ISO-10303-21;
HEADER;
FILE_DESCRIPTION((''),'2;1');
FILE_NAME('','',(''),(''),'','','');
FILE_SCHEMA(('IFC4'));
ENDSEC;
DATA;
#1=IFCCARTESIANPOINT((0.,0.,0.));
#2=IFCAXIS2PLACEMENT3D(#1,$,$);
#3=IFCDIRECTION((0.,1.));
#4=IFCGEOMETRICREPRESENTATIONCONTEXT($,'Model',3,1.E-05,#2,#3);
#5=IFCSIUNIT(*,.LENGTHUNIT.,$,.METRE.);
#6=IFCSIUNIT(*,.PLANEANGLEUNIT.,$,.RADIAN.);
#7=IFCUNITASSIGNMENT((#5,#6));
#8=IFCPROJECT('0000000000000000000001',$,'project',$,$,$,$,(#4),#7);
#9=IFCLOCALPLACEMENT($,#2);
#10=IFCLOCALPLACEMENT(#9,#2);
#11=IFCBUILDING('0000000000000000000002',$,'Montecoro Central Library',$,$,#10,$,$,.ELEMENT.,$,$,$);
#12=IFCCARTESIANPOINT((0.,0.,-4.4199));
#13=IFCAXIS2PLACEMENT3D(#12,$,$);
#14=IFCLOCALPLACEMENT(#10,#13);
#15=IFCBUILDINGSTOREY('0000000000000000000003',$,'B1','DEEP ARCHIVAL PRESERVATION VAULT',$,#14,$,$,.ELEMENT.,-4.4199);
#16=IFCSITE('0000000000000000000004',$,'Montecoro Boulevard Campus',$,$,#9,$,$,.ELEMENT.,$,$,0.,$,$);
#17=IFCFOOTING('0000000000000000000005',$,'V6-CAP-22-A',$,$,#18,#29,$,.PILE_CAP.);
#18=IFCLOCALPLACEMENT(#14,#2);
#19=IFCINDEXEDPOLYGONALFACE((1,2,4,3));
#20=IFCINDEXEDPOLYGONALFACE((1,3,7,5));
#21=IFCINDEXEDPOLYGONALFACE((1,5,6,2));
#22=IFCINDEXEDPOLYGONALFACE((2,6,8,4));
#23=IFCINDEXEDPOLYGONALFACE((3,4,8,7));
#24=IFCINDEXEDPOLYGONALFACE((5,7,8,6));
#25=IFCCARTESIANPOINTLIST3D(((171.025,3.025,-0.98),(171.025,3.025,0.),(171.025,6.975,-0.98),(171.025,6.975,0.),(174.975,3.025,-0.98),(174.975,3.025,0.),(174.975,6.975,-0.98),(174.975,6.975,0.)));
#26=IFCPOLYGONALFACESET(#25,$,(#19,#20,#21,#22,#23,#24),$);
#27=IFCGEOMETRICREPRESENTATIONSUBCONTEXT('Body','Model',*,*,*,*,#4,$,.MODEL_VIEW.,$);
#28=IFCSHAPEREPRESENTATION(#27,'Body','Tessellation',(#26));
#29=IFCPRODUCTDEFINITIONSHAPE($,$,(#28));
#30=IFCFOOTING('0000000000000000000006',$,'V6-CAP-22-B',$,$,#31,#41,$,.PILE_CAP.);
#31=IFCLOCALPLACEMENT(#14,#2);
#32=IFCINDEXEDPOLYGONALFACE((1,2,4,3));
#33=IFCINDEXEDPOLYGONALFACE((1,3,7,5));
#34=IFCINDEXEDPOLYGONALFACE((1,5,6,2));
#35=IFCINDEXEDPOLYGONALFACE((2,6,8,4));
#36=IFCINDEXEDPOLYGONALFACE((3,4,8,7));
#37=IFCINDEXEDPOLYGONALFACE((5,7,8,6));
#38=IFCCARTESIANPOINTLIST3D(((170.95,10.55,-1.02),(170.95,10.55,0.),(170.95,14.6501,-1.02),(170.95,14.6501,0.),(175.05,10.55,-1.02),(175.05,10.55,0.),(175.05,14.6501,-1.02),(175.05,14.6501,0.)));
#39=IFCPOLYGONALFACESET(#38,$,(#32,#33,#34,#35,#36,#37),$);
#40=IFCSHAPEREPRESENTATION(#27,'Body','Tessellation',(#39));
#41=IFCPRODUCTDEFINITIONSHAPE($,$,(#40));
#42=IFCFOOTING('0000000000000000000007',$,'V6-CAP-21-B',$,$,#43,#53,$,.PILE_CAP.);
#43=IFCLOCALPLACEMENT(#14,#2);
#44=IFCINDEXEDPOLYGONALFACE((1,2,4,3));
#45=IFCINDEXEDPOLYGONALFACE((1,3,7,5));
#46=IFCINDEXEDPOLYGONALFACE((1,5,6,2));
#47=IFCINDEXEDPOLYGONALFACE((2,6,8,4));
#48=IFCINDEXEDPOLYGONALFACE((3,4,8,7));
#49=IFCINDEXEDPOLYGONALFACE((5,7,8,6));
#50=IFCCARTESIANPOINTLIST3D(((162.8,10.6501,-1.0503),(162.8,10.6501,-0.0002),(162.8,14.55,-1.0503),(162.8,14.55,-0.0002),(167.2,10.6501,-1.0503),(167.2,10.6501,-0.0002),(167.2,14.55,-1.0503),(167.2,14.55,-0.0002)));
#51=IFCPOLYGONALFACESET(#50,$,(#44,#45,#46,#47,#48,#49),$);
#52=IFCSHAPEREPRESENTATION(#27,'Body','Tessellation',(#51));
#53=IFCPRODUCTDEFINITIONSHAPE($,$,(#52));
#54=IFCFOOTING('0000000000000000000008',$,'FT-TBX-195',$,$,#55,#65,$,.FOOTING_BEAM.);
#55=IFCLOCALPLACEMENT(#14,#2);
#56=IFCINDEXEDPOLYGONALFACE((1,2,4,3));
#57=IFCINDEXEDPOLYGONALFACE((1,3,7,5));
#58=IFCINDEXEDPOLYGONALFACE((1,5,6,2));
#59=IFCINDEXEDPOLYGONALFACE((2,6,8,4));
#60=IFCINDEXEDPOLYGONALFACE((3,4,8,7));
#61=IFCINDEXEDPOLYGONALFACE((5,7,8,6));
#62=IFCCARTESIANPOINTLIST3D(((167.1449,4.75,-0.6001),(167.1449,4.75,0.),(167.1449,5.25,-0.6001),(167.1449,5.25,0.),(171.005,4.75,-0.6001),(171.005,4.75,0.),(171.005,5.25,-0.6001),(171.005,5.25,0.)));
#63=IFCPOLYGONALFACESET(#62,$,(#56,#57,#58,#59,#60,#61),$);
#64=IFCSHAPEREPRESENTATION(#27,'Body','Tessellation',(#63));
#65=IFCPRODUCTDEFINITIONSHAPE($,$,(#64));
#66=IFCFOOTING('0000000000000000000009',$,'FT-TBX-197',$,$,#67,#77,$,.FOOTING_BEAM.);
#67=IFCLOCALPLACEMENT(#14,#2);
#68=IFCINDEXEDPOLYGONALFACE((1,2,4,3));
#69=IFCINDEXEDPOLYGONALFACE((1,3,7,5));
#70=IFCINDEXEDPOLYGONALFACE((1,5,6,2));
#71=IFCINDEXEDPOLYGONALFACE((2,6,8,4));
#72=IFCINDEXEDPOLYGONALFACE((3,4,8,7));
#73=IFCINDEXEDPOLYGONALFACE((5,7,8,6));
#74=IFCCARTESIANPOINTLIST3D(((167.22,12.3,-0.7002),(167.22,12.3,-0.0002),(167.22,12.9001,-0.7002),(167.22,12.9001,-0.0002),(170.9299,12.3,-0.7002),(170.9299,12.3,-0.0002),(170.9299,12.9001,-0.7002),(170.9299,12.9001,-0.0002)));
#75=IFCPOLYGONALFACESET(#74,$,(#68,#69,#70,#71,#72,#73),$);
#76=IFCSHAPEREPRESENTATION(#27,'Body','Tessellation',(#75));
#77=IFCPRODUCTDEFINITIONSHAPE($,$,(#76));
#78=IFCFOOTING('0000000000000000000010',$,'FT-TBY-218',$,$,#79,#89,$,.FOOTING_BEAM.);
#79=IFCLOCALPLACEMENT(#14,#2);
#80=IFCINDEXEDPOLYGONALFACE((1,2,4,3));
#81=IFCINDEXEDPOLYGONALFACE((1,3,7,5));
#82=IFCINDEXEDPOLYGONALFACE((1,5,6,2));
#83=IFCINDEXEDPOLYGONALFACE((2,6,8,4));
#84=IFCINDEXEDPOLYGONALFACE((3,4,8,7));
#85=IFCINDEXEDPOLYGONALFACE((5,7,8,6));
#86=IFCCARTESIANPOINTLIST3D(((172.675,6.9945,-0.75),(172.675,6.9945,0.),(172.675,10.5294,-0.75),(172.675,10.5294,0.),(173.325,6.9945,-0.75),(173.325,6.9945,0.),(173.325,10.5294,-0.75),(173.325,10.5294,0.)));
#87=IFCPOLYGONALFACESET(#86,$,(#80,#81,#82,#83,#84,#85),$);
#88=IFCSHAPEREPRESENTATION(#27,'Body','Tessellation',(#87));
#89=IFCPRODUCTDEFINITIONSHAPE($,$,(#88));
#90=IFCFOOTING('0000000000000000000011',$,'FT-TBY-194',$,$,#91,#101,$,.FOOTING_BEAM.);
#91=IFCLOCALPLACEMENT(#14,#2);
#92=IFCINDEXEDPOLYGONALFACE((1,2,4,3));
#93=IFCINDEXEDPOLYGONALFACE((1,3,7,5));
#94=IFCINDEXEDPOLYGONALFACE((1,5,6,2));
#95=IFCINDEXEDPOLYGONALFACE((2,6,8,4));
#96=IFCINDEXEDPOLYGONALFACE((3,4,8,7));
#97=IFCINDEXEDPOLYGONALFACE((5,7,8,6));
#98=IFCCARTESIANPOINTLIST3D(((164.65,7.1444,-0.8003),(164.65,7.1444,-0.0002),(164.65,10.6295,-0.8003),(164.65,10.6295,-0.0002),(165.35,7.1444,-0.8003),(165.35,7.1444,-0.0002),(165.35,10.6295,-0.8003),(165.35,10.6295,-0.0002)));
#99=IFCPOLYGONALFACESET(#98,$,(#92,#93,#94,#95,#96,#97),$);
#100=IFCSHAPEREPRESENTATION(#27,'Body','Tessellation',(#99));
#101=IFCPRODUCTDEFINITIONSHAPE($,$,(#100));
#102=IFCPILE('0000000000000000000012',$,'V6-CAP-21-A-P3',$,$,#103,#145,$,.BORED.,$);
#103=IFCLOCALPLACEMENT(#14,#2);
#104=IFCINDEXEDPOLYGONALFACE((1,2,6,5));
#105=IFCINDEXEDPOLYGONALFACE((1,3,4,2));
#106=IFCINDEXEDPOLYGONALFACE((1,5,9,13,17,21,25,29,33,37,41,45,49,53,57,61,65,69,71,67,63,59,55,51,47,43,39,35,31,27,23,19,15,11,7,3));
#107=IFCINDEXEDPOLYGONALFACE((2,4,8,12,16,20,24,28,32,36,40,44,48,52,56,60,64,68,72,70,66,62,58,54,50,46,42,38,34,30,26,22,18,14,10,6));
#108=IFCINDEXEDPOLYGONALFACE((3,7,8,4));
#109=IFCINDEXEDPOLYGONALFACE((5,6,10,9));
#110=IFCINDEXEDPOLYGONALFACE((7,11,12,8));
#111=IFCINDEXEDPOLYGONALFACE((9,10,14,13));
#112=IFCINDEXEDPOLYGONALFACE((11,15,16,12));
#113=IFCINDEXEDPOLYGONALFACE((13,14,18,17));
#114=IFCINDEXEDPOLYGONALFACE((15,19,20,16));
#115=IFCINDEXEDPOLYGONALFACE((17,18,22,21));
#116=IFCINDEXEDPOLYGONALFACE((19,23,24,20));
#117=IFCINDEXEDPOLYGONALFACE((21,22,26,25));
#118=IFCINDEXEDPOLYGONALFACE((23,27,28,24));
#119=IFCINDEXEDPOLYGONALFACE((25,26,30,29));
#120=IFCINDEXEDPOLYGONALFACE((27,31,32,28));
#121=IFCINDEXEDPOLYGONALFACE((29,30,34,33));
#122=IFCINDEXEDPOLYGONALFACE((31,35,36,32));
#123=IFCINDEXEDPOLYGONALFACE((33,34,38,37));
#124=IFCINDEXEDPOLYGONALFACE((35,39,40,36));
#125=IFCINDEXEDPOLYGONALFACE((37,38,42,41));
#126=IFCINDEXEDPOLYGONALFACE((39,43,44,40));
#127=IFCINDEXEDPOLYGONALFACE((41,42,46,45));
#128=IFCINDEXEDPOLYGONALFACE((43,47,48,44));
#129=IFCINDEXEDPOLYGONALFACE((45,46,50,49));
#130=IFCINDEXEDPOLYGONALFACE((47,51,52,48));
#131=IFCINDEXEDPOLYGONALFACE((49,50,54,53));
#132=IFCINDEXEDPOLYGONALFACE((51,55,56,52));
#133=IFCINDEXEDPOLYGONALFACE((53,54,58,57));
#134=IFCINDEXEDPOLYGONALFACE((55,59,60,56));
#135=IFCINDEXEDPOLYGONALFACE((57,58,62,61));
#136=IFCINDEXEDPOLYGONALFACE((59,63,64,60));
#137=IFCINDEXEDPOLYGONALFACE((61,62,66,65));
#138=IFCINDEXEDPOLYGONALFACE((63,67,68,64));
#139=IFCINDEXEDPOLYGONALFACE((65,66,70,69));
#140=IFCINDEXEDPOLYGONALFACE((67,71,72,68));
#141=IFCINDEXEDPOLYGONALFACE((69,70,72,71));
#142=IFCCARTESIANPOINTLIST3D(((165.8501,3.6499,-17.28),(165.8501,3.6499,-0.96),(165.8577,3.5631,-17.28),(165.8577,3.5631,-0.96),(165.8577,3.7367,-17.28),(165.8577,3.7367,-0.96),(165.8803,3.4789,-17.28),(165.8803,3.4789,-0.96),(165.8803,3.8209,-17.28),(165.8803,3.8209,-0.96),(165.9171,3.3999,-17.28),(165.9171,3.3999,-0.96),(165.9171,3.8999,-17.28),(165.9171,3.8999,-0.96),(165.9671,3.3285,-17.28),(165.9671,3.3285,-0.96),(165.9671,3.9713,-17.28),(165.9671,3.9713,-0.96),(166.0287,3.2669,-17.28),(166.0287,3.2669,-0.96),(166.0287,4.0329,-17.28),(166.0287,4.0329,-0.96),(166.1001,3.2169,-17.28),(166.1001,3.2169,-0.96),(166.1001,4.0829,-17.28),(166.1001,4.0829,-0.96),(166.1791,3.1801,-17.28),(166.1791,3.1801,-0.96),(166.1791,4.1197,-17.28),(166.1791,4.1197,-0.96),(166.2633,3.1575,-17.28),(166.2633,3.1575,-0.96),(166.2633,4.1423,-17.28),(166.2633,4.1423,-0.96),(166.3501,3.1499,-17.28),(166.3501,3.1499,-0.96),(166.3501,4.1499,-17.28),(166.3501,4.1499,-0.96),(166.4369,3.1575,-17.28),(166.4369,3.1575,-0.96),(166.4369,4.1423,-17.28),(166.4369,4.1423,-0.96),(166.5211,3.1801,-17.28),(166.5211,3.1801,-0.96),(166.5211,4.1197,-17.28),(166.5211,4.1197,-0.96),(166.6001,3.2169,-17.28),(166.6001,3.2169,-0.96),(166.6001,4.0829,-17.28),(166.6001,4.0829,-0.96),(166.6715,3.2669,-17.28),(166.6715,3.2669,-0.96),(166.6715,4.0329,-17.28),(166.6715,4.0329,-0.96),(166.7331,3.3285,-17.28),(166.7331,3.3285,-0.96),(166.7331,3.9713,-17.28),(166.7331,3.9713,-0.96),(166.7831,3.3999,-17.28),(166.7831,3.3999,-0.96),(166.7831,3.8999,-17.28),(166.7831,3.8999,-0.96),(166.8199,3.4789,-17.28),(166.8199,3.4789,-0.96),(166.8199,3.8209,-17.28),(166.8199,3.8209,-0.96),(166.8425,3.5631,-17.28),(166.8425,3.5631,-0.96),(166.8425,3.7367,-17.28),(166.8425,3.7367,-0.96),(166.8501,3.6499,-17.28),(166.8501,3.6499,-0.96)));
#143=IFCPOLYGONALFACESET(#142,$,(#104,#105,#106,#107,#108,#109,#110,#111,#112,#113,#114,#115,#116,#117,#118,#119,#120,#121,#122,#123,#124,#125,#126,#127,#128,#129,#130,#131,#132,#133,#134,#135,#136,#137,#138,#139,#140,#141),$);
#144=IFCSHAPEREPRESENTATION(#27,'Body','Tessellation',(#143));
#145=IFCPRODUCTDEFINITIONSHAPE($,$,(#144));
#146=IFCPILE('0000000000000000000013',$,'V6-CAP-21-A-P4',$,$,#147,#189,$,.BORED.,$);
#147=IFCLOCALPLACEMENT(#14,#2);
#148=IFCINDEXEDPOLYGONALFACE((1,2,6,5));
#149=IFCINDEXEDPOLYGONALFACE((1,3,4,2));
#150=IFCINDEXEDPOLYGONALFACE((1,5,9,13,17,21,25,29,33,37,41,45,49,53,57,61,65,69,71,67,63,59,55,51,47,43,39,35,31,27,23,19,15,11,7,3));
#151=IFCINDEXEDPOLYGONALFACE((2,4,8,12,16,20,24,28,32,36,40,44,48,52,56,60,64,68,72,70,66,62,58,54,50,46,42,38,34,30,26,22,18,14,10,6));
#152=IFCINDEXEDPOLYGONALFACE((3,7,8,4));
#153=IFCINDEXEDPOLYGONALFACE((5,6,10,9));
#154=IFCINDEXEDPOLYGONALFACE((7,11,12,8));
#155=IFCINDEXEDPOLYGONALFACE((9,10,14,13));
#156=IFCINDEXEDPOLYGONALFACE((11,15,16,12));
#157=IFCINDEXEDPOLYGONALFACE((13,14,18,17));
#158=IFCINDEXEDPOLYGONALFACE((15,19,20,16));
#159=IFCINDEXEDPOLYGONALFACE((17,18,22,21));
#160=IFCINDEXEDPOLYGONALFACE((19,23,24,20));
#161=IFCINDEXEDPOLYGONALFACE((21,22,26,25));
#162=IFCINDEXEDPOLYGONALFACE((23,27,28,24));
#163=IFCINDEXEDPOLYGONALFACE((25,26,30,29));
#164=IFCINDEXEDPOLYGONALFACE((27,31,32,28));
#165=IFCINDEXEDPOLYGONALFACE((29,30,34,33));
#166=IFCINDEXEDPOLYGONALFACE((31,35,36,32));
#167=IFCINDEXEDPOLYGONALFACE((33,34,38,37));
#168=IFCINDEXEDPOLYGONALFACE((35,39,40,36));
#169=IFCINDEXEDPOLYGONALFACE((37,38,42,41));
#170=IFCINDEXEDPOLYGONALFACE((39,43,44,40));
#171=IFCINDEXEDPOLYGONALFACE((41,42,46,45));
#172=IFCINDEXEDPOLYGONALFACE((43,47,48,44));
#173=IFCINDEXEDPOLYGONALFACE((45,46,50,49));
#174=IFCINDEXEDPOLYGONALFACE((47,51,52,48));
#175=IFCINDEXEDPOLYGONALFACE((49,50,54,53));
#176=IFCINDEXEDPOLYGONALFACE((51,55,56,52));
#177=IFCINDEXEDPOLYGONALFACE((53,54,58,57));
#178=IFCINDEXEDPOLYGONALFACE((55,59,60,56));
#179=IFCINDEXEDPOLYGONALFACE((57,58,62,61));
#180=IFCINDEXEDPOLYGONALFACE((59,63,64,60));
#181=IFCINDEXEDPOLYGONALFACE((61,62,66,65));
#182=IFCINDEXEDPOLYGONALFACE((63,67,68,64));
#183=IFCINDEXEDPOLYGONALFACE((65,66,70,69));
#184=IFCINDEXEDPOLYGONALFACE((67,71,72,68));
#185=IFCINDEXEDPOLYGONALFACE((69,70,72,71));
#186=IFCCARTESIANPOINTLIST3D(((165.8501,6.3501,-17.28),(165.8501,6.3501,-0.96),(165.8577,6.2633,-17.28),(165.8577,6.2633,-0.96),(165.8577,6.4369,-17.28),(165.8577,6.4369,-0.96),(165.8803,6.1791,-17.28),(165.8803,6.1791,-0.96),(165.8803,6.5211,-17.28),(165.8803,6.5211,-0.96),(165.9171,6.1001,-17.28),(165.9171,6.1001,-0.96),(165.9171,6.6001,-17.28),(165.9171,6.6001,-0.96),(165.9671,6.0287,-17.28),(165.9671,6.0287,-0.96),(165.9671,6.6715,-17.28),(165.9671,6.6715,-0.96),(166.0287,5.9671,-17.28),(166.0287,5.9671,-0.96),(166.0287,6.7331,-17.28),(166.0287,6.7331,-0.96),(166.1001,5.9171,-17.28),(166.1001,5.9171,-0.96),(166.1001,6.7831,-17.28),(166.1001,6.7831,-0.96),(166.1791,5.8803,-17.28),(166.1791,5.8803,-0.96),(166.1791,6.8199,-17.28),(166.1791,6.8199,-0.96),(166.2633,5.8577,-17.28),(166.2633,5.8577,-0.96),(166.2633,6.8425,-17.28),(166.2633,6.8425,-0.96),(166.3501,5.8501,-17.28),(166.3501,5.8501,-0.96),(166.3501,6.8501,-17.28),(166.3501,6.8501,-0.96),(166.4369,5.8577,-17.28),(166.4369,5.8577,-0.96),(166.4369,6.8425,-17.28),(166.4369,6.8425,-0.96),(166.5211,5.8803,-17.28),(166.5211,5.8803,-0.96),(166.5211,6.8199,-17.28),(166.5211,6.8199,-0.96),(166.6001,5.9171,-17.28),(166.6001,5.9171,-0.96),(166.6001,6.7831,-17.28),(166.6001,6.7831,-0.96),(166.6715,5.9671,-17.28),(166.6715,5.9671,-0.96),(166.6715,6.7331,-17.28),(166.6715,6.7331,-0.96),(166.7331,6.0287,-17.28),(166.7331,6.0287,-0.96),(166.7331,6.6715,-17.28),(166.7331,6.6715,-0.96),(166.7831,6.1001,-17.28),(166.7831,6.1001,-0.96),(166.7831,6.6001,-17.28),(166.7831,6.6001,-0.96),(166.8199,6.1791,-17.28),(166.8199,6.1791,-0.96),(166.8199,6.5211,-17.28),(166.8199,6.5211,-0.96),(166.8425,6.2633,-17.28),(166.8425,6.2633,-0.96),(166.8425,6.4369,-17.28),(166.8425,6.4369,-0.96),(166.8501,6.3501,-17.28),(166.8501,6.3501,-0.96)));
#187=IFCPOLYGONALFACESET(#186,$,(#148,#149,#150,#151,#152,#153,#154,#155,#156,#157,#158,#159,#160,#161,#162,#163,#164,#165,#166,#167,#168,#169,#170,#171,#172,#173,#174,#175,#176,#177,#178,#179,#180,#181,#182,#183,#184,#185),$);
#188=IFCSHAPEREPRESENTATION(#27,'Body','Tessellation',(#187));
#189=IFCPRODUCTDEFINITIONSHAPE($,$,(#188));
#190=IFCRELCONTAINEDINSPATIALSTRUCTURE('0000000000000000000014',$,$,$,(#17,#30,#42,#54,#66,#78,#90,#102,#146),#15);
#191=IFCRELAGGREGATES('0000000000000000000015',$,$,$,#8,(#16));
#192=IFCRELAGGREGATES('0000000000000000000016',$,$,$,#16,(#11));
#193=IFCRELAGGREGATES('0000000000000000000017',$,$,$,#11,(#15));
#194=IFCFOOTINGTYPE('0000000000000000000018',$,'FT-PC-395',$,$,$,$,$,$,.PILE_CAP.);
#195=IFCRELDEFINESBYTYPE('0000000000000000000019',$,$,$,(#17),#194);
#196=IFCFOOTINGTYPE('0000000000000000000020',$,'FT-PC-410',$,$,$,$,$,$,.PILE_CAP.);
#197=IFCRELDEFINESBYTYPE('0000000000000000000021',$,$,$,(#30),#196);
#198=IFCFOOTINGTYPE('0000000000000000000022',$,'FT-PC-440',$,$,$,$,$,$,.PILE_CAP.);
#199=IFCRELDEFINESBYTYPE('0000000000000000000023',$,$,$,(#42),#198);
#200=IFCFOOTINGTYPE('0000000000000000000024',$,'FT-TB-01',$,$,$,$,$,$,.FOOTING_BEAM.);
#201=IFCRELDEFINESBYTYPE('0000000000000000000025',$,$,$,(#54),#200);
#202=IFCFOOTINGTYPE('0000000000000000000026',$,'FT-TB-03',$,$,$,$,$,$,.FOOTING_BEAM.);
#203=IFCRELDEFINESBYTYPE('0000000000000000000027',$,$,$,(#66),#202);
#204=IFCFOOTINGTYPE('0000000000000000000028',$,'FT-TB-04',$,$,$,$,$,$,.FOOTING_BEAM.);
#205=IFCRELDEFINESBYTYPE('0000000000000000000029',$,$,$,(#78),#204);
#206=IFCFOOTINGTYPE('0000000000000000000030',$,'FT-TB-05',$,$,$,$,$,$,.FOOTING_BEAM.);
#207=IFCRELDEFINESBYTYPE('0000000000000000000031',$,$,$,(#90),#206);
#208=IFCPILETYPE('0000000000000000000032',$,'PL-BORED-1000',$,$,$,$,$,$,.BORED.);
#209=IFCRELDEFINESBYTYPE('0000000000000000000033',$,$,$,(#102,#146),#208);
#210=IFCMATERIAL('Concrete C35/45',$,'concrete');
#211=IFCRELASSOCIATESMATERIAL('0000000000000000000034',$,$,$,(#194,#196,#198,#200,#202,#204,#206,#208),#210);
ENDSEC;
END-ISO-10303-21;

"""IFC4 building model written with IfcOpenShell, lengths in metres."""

from ifc_helpers import new_model, si_unit, direction, frame, origin, origin_2d, place, context, subcontext, project, spatial, rectangle, circle, extrude, material, material_profile, profile_set, type_object, element, save


model = new_model("IFC4")

# Units and contexts
model_context = context("Model", 3, precision=1e-05, world=origin(), true_north=direction((0.0, 1.0)))
body_context = subcontext(model_context, "Body", "Model", "MODEL_VIEW")
ifc_project = project(units=[si_unit("LENGTHUNIT", "METRE"), si_unit("PLANEANGLEUNIT", "RADIAN")], contexts=[model_context])

# Site, building, storey
site_placement = place(None, origin())
site = spatial("IfcSite", under=ifc_project, at=site_placement, Name="Montecoro Boulevard Campus", CompositionType="ELEMENT", RefElevation=0.0)
building_placement = place(site_placement, origin())
building = spatial("IfcBuilding", under=site, at=building_placement, Name="Montecoro Central Library", CompositionType="ELEMENT")
storey_placement = place(building_placement, frame((0.0, 0.0, -4.4199)))
storey = spatial("IfcBuildingStorey", under=building, at=storey_placement, Name="B1", Description="DEEP ARCHIVAL PRESERVATION VAULT", CompositionType="ELEMENT", Elevation=-4.4199)

# Footings
ifc_material_1 = material(Name="Concrete C35/45", Category="concrete")
footing_type_1 = type_object("IfcFootingType", Name="FT-PC-395", PredefinedType="PILE_CAP", material=ifc_material_1)
footing_1_placement = place(storey_placement, frame((173.0, 5.0, -0.98), z_axis=(0.0, 0.0, 1.0), x_axis=(1.0, 0.0, 0.0)))
element("IfcFooting", 1, at=footing_1_placement, inside=storey, type_object=footing_type_1, Name="V6-CAP-22-A", PredefinedType="PILE_CAP", context=body_context, shape_type="SweptSolid", body=[
    extrude(rectangle(XDim=3.95, YDim=3.95, at=origin_2d()), origin(), (0.0, 0.0, 1.0), 0.98),
])
footing_type_2 = type_object("IfcFootingType", Name="FT-PC-410", PredefinedType="PILE_CAP", material=ifc_material_1)
footing_2_placement = place(storey_placement, frame((173.0, 12.6001, -1.02), z_axis=(0.0, 0.0, 1.0), x_axis=(1.0, 0.0, 0.0)))
element("IfcFooting", 2, at=footing_2_placement, inside=storey, type_object=footing_type_2, Name="V6-CAP-22-B", PredefinedType="PILE_CAP", context=body_context, shape_type="SweptSolid", body=[
    extrude(rectangle(XDim=4.1001, YDim=4.1001, at=origin_2d()), origin(), (0.0, 0.0, 1.0), 1.02),
])
footing_type_3 = type_object("IfcFootingType", Name="FT-PC-440", PredefinedType="PILE_CAP", material=ifc_material_1)
footing_3_placement = place(storey_placement, frame((165.0, 12.6001, -1.0503), z_axis=(0.0, 0.0, 1.0), x_axis=(1.0, 0.0, 0.0)))
element("IfcFooting", 3, at=footing_3_placement, inside=storey, type_object=footing_type_3, Name="V6-CAP-21-B", PredefinedType="PILE_CAP", context=body_context, shape_type="SweptSolid", body=[
    extrude(rectangle(XDim=4.3999, YDim=3.8999, at=origin_2d()), origin(), (0.0, 0.0, 1.0), 1.05),
])
footing_type_4 = type_object("IfcFootingType", Name="FT-TB-01", PredefinedType="FOOTING_BEAM", material=ifc_material_1)
footing_4_placement = place(storey_placement, frame((169.075, 5.0, -0.6001), z_axis=(0.0, 0.0, 1.0), x_axis=(1.0, 0.0, 0.0)))
element("IfcFooting", 4, at=footing_4_placement, inside=storey, type_object=footing_type_4, Name="FT-TBX-195", PredefinedType="FOOTING_BEAM", context=body_context, shape_type="SweptSolid", body=[
    extrude(rectangle(XDim=3.8601, YDim=0.5, at=origin_2d()), origin(), (0.0, 0.0, 1.0), 0.6001),
])
footing_type_5 = type_object("IfcFootingType", Name="FT-TB-03", PredefinedType="FOOTING_BEAM", material=ifc_material_1)
footing_5_placement = place(storey_placement, frame((169.075, 12.6001, -0.7002), z_axis=(0.0, 0.0, 1.0), x_axis=(1.0, 0.0, 0.0)))
element("IfcFooting", 5, at=footing_5_placement, inside=storey, type_object=footing_type_5, Name="FT-TBX-197", PredefinedType="FOOTING_BEAM", context=body_context, shape_type="SweptSolid", body=[
    extrude(rectangle(XDim=3.71, YDim=0.6001, at=origin_2d()), origin(), (0.0, 0.0, 1.0), 0.7),
])
footing_type_6 = type_object("IfcFootingType", Name="FT-TB-04", PredefinedType="FOOTING_BEAM", material=ifc_material_1)
footing_6_placement = place(storey_placement, frame((173.0, 8.762, -0.75), z_axis=(0.0, 0.0, 1.0), x_axis=(1.0, 0.0, 0.0)))
element("IfcFooting", 6, at=footing_6_placement, inside=storey, type_object=footing_type_6, Name="FT-TBY-218", PredefinedType="FOOTING_BEAM", context=body_context, shape_type="SweptSolid", body=[
    extrude(rectangle(XDim=0.6499, YDim=3.5349, at=origin_2d()), origin(), (0.0, 0.0, 1.0), 0.75),
])
footing_type_7 = type_object("IfcFootingType", Name="FT-TB-05", PredefinedType="FOOTING_BEAM", material=ifc_material_1)
footing_7_placement = place(storey_placement, frame((165.0, 8.887, -0.8003), z_axis=(0.0, 0.0, 1.0), x_axis=(1.0, 0.0, 0.0)))
element("IfcFooting", 7, at=footing_7_placement, inside=storey, type_object=footing_type_7, Name="FT-TBY-194", PredefinedType="FOOTING_BEAM", context=body_context, shape_type="SweptSolid", body=[
    extrude(rectangle(XDim=0.7, YDim=3.4851, at=origin_2d()), origin(), (0.0, 0.0, 1.0), 0.8),
])

# Piles
ifc_material_profile_1 = material_profile(ifc_material_1, circle(Radius=0.5, at=origin_2d()), Name="PILE D1000")
ifc_profile_set_1 = profile_set([ifc_material_profile_1], Name="Concrete C35/45")
pile_type_1 = type_object("IfcPileType", Name="PL-BORED-1000", PredefinedType="BORED", material=ifc_profile_set_1)
for number, where, z_axis, x_axis, name in (
    (8, (166.3501, 3.6499, -0.96), (0.0, 0.0, -1.0), (1.0, 0.0, 0.0), "V6-CAP-21-A-P3"),
    (9, (166.3501, 6.3501, -0.96), (0.0, 0.0, -1.0), (1.0, 0.0, 0.0), "V6-CAP-21-A-P4"),
):
    element("IfcPile", number, at=place(storey_placement, frame(where, z_axis=z_axis, x_axis=x_axis)), inside=storey, type_object=pile_type_1, Name=name, PredefinedType="BORED", context=body_context, shape_type="SweptSolid", body=[
        extrude(circle(Radius=0.5, at=origin_2d()), origin(), (0.0, 0.0, 1.0), 16.3201),
    ])

save(model, "model.ifc")
